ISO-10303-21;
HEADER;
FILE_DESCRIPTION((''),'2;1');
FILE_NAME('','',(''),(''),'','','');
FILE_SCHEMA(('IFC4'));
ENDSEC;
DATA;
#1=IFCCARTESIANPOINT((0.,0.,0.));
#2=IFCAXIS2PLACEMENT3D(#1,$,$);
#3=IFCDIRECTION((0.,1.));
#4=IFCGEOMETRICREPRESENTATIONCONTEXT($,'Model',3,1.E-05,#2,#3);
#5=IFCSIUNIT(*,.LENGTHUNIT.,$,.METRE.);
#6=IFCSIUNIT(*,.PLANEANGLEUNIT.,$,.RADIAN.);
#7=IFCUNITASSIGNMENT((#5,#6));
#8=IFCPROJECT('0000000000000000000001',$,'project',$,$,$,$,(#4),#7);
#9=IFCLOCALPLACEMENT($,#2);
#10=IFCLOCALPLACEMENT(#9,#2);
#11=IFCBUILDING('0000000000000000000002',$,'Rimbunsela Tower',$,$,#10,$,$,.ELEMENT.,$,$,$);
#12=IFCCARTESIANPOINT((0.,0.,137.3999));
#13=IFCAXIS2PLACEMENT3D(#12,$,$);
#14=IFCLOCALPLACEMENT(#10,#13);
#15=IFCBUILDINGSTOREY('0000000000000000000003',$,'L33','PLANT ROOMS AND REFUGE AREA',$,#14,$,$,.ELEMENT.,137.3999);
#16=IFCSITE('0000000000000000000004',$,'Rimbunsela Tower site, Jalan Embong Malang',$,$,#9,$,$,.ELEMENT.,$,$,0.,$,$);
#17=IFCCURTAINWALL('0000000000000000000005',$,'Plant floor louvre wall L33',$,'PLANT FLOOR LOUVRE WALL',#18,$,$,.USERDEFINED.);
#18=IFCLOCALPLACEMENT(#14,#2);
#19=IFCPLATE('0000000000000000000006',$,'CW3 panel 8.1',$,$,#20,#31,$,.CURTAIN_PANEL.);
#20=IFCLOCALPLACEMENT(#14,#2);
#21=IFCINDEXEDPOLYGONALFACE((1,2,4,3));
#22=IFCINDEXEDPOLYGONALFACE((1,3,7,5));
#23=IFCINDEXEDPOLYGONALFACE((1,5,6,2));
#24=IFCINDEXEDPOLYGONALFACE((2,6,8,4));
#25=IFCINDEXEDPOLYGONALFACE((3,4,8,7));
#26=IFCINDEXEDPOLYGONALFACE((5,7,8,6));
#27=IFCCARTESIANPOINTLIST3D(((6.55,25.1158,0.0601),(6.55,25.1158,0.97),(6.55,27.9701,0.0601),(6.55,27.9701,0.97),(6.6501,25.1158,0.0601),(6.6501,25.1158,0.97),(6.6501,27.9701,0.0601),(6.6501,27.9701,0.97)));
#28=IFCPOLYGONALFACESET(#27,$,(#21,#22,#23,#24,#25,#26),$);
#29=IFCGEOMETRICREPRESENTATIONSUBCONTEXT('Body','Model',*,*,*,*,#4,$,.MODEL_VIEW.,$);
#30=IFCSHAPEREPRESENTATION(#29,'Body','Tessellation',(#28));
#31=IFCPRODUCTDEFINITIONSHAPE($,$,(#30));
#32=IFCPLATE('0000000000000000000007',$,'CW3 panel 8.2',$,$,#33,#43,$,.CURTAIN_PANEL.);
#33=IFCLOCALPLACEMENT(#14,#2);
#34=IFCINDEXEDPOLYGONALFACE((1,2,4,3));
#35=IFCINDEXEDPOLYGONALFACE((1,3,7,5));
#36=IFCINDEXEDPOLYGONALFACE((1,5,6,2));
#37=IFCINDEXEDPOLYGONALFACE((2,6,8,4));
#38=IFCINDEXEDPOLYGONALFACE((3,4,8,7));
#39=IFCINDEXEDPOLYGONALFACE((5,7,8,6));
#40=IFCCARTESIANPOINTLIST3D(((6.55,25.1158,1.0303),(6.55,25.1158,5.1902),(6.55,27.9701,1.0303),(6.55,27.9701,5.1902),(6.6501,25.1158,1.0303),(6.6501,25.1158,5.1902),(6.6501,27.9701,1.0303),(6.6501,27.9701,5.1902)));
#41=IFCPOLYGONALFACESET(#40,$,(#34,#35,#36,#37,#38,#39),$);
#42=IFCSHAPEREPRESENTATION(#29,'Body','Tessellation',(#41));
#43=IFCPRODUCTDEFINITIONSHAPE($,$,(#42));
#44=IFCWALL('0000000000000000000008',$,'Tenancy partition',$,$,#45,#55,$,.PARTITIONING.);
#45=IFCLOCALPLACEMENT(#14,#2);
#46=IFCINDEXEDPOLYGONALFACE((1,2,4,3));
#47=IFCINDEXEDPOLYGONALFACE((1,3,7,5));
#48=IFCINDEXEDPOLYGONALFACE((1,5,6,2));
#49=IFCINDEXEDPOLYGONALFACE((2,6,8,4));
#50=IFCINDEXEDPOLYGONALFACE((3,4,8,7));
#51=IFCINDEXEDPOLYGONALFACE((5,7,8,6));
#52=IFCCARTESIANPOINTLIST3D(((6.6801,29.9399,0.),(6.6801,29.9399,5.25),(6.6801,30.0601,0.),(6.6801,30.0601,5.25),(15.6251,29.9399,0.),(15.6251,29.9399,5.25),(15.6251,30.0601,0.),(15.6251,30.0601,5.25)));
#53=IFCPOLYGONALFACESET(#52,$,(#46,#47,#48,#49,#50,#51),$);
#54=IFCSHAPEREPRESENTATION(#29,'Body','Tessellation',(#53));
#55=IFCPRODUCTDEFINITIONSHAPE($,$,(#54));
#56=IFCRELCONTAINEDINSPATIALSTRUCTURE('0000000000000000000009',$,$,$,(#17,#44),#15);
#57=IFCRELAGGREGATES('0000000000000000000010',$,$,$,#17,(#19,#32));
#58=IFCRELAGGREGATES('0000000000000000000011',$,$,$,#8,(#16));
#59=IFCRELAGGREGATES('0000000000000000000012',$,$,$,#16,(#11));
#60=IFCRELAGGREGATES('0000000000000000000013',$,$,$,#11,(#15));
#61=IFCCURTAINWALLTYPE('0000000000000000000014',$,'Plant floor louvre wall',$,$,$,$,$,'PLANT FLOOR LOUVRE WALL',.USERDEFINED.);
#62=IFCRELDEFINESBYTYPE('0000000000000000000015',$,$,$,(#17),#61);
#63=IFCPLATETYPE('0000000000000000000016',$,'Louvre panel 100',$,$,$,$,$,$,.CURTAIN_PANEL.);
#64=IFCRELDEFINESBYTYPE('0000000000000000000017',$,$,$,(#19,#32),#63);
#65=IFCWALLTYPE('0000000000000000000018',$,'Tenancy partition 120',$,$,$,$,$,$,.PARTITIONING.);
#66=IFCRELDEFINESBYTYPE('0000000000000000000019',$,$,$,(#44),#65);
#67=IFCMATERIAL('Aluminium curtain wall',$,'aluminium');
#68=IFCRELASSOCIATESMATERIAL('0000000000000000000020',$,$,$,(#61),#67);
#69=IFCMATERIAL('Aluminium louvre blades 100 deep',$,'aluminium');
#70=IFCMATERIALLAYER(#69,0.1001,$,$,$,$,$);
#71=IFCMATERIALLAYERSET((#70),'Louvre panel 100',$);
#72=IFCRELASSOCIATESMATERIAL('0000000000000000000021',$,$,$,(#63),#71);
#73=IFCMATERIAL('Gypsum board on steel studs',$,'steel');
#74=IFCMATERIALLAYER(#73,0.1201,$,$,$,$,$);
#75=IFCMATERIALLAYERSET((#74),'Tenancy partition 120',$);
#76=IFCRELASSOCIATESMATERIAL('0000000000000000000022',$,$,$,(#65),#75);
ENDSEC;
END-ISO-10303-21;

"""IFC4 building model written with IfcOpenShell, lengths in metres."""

from ifc_helpers import new_model, si_unit, direction, frame, frame_2d, origin, origin_2d, place, context, subcontext, project, spatial, rectangle, extrude, material, layer, layer_set, type_object, element, aggregate, save


model = new_model("IFC4")

# Units and contexts
model_context = context("Model", 3, precision=1e-05, world=origin(), true_north=direction((0.0, 1.0)))
body_context = subcontext(model_context, "Body", "Model", "MODEL_VIEW")
ifc_project = project(units=[si_unit("LENGTHUNIT", "METRE"), si_unit("PLANEANGLEUNIT", "RADIAN")], contexts=[model_context])

# Site, building, storey
site_placement = place(None, origin())
site = spatial("IfcSite", under=ifc_project, at=site_placement, Name="Rimbunsela Tower site, Jalan Embong Malang", CompositionType="ELEMENT", RefElevation=0.0)
building_placement = place(site_placement, origin())
building = spatial("IfcBuilding", under=site, at=building_placement, Name="Rimbunsela Tower", CompositionType="ELEMENT")
storey_placement = place(building_placement, frame((0.0, 0.0, 137.3999)))
storey = spatial("IfcBuildingStorey", under=building, at=storey_placement, Name="L33", Description="PLANT ROOMS AND REFUGE AREA", CompositionType="ELEMENT", Elevation=137.3999)

# Curtain wall
ifc_material_1 = material(Name="Aluminium curtain wall", Category="aluminium")
curtain_wall_type = type_object("IfcCurtainWallType", Name="Plant floor louvre wall", ElementType="PLANT FLOOR LOUVRE WALL", PredefinedType="USERDEFINED", material=ifc_material_1)
curtain_wall_placement = place(storey_placement, origin())
curtain_wall = element("IfcCurtainWall", 1, at=curtain_wall_placement, inside=storey, type_object=curtain_wall_type, Name="Plant floor louvre wall L33", ObjectType="PLANT FLOOR LOUVRE WALL", PredefinedType="USERDEFINED")

# Plates
ifc_material_2 = material(Name="Aluminium louvre blades 100 deep", Category="aluminium")
ifc_layer_1 = layer(ifc_material_2, 0.1001)
ifc_layer_set_1 = layer_set([ifc_layer_1], Name="Louvre panel 100")
plate_type = type_object("IfcPlateType", Name="Louvre panel 100", PredefinedType="CURTAIN_PANEL", material=ifc_layer_set_1)
plate_1_placement = place(storey_placement, frame((6.6001, 26.543, 0.0601), z_axis=(0.0, 0.0, 1.0), x_axis=(0.0, -1.0, 0.0)))
plate_1 = element("IfcPlate", 2, at=plate_1_placement, type_object=plate_type, Name="CW3 panel 8.1", PredefinedType="CURTAIN_PANEL", context=body_context, shape_type="SweptSolid", body=[
    extrude(rectangle(XDim=2.8542, YDim=0.1001, at=origin_2d()), origin(), (0.0, 0.0, 1.0), 0.9099),
])
plate_2_placement = place(storey_placement, frame((6.6001, 26.543, 1.0303), z_axis=(0.0, 0.0, 1.0), x_axis=(0.0, -1.0, 0.0)))
plate_2 = element("IfcPlate", 3, at=plate_2_placement, type_object=plate_type, Name="CW3 panel 8.2", PredefinedType="CURTAIN_PANEL", context=body_context, shape_type="SweptSolid", body=[
    extrude(rectangle(XDim=2.8542, YDim=0.1001, at=origin_2d()), origin(), (0.0, 0.0, 1.0), 4.1599),
])
aggregate(curtain_wall, [plate_1, plate_2])

# Wall
ifc_material_3 = material(Name="Gypsum board on steel studs", Category="steel")
ifc_layer_2 = layer(ifc_material_3, 0.1201)
ifc_layer_set_2 = layer_set([ifc_layer_2], Name="Tenancy partition 120")
wall_type = type_object("IfcWallType", Name="Tenancy partition 120", PredefinedType="PARTITIONING", material=ifc_layer_set_2)
wall_placement = place(storey_placement, frame((6.6799, 30.0, 0.0), z_axis=(0.0, 0.0, 1.0), x_axis=(1.0, 0.0, 0.0)))
element("IfcWall", 4, at=wall_placement, inside=storey, type_object=wall_type, Name="Tenancy partition", PredefinedType="PARTITIONING", context=body_context, shape_type="SweptSolid", body=[
    extrude(rectangle(XDim=8.9451, YDim=0.1201, at=frame_2d((4.4727, 0.0))), origin(), (0.0, 0.0, 1.0), 5.25),
])

save(model, "model.ifc")
